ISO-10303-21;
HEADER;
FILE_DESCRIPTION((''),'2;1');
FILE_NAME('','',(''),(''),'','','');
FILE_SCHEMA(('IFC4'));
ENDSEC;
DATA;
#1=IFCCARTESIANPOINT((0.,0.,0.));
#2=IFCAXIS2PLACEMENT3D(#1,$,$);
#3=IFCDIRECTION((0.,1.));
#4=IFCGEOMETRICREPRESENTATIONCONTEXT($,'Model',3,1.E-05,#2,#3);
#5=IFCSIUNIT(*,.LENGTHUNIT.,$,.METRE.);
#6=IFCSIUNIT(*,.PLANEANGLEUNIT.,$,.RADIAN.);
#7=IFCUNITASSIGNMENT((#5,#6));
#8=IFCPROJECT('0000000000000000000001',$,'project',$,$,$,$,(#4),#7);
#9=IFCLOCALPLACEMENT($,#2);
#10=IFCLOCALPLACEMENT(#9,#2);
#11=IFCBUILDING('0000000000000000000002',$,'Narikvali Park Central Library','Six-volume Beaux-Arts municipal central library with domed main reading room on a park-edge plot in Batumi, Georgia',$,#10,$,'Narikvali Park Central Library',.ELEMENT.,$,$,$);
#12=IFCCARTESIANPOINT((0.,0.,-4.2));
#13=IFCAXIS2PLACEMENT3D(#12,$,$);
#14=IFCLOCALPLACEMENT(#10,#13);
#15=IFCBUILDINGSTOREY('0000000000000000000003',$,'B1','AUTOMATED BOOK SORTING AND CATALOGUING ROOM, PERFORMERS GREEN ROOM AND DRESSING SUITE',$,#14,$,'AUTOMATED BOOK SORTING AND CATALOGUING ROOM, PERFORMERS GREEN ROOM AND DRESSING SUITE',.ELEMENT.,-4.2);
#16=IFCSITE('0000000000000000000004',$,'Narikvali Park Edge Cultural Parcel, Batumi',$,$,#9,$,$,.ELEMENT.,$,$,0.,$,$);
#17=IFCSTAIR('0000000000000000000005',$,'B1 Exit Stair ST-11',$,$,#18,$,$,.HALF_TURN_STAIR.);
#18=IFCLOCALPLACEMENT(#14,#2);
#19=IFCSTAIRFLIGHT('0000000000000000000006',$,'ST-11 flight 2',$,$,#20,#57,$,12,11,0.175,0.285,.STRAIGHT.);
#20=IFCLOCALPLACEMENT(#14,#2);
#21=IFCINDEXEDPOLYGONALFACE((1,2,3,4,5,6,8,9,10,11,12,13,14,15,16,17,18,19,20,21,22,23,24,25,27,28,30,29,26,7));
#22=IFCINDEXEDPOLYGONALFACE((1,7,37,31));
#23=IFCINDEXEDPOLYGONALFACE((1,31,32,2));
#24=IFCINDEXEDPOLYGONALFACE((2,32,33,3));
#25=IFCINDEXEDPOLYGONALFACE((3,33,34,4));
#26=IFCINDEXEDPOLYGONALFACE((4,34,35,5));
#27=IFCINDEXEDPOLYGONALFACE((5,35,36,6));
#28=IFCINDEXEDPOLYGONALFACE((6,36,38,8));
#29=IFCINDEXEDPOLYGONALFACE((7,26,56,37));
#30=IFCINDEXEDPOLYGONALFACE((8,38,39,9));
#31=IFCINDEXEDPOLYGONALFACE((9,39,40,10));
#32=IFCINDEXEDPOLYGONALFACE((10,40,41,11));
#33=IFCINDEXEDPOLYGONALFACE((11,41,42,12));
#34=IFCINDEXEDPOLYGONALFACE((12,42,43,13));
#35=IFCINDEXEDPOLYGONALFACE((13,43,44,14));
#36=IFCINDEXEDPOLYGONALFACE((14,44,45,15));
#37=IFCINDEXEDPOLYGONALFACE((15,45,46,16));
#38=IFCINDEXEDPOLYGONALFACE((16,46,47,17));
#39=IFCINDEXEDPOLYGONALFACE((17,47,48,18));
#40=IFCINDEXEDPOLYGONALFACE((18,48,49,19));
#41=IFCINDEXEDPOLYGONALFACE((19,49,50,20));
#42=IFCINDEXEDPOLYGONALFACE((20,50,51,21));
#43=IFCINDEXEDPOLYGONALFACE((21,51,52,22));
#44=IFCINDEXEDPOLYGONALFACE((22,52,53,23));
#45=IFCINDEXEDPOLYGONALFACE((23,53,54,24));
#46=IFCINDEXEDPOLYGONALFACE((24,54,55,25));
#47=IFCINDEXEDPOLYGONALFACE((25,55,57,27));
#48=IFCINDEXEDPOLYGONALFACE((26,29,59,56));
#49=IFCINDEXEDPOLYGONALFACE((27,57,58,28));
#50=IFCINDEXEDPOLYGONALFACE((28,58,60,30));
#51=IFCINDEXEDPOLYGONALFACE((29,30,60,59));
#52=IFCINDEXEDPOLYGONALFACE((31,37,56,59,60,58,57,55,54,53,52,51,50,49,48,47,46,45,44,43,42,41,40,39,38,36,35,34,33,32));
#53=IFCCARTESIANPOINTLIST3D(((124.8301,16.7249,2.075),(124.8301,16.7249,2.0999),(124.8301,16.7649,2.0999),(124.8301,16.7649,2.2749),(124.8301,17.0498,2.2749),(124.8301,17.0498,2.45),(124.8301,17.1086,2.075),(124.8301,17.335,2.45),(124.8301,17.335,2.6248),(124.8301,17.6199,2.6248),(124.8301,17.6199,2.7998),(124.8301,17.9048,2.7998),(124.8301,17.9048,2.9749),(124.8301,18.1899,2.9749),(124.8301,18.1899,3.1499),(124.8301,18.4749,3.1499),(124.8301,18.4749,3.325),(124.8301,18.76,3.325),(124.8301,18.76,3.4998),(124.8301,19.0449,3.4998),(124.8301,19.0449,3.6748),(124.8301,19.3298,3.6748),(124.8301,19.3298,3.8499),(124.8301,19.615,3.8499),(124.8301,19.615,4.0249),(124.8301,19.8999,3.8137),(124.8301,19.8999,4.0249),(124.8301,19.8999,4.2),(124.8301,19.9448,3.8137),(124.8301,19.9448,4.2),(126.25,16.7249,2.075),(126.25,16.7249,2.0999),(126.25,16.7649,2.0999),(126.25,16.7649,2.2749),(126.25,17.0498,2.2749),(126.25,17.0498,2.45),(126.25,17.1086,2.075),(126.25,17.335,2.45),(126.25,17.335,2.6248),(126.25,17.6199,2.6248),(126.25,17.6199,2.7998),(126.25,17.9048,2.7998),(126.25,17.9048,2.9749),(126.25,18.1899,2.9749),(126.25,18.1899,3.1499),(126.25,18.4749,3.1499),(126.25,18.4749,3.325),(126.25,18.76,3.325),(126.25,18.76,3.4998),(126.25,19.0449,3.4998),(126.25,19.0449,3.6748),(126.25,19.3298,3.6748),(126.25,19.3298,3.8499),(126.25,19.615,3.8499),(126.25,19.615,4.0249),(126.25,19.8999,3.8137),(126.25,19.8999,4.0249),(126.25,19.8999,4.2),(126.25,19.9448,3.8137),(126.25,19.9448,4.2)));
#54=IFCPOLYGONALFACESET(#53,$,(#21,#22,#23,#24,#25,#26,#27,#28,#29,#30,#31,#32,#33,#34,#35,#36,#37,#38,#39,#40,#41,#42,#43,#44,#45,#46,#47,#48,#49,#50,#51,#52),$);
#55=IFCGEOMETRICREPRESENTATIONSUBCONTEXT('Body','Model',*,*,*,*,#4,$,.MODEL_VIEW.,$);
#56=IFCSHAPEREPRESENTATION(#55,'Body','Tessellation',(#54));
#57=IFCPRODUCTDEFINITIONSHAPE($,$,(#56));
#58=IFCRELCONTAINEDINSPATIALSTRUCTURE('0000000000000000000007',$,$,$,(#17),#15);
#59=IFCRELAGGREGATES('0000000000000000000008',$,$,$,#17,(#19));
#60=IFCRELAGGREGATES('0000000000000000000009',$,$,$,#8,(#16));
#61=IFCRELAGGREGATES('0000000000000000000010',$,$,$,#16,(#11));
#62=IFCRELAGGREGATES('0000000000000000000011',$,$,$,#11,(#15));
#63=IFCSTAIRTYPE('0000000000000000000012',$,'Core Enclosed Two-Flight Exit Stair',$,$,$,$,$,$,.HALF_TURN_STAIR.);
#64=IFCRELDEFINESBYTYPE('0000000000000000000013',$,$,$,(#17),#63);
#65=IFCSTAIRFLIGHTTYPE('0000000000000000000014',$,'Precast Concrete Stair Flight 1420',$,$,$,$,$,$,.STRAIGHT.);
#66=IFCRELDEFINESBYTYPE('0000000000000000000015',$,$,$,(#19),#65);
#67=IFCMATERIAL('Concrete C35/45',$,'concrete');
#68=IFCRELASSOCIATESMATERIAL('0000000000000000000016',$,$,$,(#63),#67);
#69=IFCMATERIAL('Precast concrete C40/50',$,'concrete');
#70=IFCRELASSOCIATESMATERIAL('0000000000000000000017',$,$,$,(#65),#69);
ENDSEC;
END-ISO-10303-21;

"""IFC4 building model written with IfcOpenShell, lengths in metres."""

from ifc_helpers import new_model, si_unit, direction, frame, origin, place, context, subcontext, project, spatial, polyline, outline, extrude, material, type_object, element, aggregate, save


model = new_model("IFC4")

# Units and contexts
model_context = context("Model", 3, precision=1e-05, world=origin(), true_north=direction((0.0, 1.0)))
body_context = subcontext(model_context, "Body", "Model", "MODEL_VIEW")
ifc_project = project(units=[si_unit("LENGTHUNIT", "METRE"), si_unit("PLANEANGLEUNIT", "RADIAN")], contexts=[model_context])

# Site, building, storey
site_placement = place(None, origin())
site = spatial("IfcSite", under=ifc_project, at=site_placement, Name="Narikvali Park Edge Cultural Parcel, Batumi", CompositionType="ELEMENT", RefElevation=0.0)
building_placement = place(site_placement, origin())
building = spatial("IfcBuilding", under=site, at=building_placement, Name="Narikvali Park Central Library", Description="Six-volume Beaux-Arts municipal central library with domed main reading room on a park-edge plot in Batumi, Georgia", LongName="Narikvali Park Central Library", CompositionType="ELEMENT")
storey_placement = place(building_placement, frame((0.0, 0.0, -4.2)))
storey = spatial("IfcBuildingStorey", under=building, at=storey_placement, Name="B1", Description="AUTOMATED BOOK SORTING AND CATALOGUING ROOM, PERFORMERS GREEN ROOM AND DRESSING SUITE", LongName="AUTOMATED BOOK SORTING AND CATALOGUING ROOM, PERFORMERS GREEN ROOM AND DRESSING SUITE", CompositionType="ELEMENT", Elevation=-4.2)

# Shared definitions
ifc_material_1 = material(Name="Concrete C35/45", Category="concrete")

# Stair, stair flight
stair_type = type_object("IfcStairType", Name="Core Enclosed Two-Flight Exit Stair", PredefinedType="HALF_TURN_STAIR", material=ifc_material_1)
stair_placement = place(storey_placement, origin())
stair = element("IfcStair", 1, at=stair_placement, inside=storey, type_object=stair_type, Name="B1 Exit Stair ST-11", PredefinedType="HALF_TURN_STAIR")
ifc_material_2 = material(Name="Precast concrete C40/50", Category="concrete")
stair_flight_type = type_object("IfcStairFlightType", Name="Precast Concrete Stair Flight 1420", PredefinedType="STRAIGHT", material=ifc_material_2)
stair_flight_1_placement = place(storey_placement, frame((125.54, 16.7649, 2.0999), z_axis=(0.0, 0.0, 1.0), x_axis=(0.0, 1.0, 0.0)))
stair_flight_1 = element("IfcStairFlight", 2, at=stair_flight_1_placement, type_object=stair_flight_type, Name="ST-11 flight 2", NumberOfRisers=12, NumberOfTreads=11, PredefinedType="STRAIGHT", RiserHeight=0.175, TreadLength=0.285, context=body_context, shape_type="SweptSolid", body=[
    extrude(outline(polyline([(-0.04, -0.0249), (-0.04, 0.0), (0.0, 0.0), (0.0, 0.175), (0.2849, 0.175), (0.2849, 0.3501), (0.5701, 0.3501), (0.5701, 0.5249), (0.855, 0.5249), (0.855, 0.7), (1.1399, 0.7), (1.1399, 0.875), (1.425, 0.875), (1.425, 1.05), (1.71, 1.05), (1.71, 1.2251), (1.9951, 1.2251), (1.9951, 1.3999), (2.28, 1.3999), (2.28, 1.575), (2.5649, 1.575), (2.5649, 1.75), (2.8501, 1.75), (2.8501, 1.925), (3.135, 1.925), (3.135, 2.1001), (3.1799, 2.1001), (3.1799, 1.7139), (3.135, 1.7139), (0.3438, -0.0249), (-0.04, -0.0249)])), frame((0.0, 0.71, 0.0), z_axis=(0.0, -1.0, 0.0), x_axis=(1.0, 0.0, 0.0)), (0.0, 0.0, 1.0), 1.4199),
])
aggregate(stair, [stair_flight_1])

save(model, "model.ifc")
